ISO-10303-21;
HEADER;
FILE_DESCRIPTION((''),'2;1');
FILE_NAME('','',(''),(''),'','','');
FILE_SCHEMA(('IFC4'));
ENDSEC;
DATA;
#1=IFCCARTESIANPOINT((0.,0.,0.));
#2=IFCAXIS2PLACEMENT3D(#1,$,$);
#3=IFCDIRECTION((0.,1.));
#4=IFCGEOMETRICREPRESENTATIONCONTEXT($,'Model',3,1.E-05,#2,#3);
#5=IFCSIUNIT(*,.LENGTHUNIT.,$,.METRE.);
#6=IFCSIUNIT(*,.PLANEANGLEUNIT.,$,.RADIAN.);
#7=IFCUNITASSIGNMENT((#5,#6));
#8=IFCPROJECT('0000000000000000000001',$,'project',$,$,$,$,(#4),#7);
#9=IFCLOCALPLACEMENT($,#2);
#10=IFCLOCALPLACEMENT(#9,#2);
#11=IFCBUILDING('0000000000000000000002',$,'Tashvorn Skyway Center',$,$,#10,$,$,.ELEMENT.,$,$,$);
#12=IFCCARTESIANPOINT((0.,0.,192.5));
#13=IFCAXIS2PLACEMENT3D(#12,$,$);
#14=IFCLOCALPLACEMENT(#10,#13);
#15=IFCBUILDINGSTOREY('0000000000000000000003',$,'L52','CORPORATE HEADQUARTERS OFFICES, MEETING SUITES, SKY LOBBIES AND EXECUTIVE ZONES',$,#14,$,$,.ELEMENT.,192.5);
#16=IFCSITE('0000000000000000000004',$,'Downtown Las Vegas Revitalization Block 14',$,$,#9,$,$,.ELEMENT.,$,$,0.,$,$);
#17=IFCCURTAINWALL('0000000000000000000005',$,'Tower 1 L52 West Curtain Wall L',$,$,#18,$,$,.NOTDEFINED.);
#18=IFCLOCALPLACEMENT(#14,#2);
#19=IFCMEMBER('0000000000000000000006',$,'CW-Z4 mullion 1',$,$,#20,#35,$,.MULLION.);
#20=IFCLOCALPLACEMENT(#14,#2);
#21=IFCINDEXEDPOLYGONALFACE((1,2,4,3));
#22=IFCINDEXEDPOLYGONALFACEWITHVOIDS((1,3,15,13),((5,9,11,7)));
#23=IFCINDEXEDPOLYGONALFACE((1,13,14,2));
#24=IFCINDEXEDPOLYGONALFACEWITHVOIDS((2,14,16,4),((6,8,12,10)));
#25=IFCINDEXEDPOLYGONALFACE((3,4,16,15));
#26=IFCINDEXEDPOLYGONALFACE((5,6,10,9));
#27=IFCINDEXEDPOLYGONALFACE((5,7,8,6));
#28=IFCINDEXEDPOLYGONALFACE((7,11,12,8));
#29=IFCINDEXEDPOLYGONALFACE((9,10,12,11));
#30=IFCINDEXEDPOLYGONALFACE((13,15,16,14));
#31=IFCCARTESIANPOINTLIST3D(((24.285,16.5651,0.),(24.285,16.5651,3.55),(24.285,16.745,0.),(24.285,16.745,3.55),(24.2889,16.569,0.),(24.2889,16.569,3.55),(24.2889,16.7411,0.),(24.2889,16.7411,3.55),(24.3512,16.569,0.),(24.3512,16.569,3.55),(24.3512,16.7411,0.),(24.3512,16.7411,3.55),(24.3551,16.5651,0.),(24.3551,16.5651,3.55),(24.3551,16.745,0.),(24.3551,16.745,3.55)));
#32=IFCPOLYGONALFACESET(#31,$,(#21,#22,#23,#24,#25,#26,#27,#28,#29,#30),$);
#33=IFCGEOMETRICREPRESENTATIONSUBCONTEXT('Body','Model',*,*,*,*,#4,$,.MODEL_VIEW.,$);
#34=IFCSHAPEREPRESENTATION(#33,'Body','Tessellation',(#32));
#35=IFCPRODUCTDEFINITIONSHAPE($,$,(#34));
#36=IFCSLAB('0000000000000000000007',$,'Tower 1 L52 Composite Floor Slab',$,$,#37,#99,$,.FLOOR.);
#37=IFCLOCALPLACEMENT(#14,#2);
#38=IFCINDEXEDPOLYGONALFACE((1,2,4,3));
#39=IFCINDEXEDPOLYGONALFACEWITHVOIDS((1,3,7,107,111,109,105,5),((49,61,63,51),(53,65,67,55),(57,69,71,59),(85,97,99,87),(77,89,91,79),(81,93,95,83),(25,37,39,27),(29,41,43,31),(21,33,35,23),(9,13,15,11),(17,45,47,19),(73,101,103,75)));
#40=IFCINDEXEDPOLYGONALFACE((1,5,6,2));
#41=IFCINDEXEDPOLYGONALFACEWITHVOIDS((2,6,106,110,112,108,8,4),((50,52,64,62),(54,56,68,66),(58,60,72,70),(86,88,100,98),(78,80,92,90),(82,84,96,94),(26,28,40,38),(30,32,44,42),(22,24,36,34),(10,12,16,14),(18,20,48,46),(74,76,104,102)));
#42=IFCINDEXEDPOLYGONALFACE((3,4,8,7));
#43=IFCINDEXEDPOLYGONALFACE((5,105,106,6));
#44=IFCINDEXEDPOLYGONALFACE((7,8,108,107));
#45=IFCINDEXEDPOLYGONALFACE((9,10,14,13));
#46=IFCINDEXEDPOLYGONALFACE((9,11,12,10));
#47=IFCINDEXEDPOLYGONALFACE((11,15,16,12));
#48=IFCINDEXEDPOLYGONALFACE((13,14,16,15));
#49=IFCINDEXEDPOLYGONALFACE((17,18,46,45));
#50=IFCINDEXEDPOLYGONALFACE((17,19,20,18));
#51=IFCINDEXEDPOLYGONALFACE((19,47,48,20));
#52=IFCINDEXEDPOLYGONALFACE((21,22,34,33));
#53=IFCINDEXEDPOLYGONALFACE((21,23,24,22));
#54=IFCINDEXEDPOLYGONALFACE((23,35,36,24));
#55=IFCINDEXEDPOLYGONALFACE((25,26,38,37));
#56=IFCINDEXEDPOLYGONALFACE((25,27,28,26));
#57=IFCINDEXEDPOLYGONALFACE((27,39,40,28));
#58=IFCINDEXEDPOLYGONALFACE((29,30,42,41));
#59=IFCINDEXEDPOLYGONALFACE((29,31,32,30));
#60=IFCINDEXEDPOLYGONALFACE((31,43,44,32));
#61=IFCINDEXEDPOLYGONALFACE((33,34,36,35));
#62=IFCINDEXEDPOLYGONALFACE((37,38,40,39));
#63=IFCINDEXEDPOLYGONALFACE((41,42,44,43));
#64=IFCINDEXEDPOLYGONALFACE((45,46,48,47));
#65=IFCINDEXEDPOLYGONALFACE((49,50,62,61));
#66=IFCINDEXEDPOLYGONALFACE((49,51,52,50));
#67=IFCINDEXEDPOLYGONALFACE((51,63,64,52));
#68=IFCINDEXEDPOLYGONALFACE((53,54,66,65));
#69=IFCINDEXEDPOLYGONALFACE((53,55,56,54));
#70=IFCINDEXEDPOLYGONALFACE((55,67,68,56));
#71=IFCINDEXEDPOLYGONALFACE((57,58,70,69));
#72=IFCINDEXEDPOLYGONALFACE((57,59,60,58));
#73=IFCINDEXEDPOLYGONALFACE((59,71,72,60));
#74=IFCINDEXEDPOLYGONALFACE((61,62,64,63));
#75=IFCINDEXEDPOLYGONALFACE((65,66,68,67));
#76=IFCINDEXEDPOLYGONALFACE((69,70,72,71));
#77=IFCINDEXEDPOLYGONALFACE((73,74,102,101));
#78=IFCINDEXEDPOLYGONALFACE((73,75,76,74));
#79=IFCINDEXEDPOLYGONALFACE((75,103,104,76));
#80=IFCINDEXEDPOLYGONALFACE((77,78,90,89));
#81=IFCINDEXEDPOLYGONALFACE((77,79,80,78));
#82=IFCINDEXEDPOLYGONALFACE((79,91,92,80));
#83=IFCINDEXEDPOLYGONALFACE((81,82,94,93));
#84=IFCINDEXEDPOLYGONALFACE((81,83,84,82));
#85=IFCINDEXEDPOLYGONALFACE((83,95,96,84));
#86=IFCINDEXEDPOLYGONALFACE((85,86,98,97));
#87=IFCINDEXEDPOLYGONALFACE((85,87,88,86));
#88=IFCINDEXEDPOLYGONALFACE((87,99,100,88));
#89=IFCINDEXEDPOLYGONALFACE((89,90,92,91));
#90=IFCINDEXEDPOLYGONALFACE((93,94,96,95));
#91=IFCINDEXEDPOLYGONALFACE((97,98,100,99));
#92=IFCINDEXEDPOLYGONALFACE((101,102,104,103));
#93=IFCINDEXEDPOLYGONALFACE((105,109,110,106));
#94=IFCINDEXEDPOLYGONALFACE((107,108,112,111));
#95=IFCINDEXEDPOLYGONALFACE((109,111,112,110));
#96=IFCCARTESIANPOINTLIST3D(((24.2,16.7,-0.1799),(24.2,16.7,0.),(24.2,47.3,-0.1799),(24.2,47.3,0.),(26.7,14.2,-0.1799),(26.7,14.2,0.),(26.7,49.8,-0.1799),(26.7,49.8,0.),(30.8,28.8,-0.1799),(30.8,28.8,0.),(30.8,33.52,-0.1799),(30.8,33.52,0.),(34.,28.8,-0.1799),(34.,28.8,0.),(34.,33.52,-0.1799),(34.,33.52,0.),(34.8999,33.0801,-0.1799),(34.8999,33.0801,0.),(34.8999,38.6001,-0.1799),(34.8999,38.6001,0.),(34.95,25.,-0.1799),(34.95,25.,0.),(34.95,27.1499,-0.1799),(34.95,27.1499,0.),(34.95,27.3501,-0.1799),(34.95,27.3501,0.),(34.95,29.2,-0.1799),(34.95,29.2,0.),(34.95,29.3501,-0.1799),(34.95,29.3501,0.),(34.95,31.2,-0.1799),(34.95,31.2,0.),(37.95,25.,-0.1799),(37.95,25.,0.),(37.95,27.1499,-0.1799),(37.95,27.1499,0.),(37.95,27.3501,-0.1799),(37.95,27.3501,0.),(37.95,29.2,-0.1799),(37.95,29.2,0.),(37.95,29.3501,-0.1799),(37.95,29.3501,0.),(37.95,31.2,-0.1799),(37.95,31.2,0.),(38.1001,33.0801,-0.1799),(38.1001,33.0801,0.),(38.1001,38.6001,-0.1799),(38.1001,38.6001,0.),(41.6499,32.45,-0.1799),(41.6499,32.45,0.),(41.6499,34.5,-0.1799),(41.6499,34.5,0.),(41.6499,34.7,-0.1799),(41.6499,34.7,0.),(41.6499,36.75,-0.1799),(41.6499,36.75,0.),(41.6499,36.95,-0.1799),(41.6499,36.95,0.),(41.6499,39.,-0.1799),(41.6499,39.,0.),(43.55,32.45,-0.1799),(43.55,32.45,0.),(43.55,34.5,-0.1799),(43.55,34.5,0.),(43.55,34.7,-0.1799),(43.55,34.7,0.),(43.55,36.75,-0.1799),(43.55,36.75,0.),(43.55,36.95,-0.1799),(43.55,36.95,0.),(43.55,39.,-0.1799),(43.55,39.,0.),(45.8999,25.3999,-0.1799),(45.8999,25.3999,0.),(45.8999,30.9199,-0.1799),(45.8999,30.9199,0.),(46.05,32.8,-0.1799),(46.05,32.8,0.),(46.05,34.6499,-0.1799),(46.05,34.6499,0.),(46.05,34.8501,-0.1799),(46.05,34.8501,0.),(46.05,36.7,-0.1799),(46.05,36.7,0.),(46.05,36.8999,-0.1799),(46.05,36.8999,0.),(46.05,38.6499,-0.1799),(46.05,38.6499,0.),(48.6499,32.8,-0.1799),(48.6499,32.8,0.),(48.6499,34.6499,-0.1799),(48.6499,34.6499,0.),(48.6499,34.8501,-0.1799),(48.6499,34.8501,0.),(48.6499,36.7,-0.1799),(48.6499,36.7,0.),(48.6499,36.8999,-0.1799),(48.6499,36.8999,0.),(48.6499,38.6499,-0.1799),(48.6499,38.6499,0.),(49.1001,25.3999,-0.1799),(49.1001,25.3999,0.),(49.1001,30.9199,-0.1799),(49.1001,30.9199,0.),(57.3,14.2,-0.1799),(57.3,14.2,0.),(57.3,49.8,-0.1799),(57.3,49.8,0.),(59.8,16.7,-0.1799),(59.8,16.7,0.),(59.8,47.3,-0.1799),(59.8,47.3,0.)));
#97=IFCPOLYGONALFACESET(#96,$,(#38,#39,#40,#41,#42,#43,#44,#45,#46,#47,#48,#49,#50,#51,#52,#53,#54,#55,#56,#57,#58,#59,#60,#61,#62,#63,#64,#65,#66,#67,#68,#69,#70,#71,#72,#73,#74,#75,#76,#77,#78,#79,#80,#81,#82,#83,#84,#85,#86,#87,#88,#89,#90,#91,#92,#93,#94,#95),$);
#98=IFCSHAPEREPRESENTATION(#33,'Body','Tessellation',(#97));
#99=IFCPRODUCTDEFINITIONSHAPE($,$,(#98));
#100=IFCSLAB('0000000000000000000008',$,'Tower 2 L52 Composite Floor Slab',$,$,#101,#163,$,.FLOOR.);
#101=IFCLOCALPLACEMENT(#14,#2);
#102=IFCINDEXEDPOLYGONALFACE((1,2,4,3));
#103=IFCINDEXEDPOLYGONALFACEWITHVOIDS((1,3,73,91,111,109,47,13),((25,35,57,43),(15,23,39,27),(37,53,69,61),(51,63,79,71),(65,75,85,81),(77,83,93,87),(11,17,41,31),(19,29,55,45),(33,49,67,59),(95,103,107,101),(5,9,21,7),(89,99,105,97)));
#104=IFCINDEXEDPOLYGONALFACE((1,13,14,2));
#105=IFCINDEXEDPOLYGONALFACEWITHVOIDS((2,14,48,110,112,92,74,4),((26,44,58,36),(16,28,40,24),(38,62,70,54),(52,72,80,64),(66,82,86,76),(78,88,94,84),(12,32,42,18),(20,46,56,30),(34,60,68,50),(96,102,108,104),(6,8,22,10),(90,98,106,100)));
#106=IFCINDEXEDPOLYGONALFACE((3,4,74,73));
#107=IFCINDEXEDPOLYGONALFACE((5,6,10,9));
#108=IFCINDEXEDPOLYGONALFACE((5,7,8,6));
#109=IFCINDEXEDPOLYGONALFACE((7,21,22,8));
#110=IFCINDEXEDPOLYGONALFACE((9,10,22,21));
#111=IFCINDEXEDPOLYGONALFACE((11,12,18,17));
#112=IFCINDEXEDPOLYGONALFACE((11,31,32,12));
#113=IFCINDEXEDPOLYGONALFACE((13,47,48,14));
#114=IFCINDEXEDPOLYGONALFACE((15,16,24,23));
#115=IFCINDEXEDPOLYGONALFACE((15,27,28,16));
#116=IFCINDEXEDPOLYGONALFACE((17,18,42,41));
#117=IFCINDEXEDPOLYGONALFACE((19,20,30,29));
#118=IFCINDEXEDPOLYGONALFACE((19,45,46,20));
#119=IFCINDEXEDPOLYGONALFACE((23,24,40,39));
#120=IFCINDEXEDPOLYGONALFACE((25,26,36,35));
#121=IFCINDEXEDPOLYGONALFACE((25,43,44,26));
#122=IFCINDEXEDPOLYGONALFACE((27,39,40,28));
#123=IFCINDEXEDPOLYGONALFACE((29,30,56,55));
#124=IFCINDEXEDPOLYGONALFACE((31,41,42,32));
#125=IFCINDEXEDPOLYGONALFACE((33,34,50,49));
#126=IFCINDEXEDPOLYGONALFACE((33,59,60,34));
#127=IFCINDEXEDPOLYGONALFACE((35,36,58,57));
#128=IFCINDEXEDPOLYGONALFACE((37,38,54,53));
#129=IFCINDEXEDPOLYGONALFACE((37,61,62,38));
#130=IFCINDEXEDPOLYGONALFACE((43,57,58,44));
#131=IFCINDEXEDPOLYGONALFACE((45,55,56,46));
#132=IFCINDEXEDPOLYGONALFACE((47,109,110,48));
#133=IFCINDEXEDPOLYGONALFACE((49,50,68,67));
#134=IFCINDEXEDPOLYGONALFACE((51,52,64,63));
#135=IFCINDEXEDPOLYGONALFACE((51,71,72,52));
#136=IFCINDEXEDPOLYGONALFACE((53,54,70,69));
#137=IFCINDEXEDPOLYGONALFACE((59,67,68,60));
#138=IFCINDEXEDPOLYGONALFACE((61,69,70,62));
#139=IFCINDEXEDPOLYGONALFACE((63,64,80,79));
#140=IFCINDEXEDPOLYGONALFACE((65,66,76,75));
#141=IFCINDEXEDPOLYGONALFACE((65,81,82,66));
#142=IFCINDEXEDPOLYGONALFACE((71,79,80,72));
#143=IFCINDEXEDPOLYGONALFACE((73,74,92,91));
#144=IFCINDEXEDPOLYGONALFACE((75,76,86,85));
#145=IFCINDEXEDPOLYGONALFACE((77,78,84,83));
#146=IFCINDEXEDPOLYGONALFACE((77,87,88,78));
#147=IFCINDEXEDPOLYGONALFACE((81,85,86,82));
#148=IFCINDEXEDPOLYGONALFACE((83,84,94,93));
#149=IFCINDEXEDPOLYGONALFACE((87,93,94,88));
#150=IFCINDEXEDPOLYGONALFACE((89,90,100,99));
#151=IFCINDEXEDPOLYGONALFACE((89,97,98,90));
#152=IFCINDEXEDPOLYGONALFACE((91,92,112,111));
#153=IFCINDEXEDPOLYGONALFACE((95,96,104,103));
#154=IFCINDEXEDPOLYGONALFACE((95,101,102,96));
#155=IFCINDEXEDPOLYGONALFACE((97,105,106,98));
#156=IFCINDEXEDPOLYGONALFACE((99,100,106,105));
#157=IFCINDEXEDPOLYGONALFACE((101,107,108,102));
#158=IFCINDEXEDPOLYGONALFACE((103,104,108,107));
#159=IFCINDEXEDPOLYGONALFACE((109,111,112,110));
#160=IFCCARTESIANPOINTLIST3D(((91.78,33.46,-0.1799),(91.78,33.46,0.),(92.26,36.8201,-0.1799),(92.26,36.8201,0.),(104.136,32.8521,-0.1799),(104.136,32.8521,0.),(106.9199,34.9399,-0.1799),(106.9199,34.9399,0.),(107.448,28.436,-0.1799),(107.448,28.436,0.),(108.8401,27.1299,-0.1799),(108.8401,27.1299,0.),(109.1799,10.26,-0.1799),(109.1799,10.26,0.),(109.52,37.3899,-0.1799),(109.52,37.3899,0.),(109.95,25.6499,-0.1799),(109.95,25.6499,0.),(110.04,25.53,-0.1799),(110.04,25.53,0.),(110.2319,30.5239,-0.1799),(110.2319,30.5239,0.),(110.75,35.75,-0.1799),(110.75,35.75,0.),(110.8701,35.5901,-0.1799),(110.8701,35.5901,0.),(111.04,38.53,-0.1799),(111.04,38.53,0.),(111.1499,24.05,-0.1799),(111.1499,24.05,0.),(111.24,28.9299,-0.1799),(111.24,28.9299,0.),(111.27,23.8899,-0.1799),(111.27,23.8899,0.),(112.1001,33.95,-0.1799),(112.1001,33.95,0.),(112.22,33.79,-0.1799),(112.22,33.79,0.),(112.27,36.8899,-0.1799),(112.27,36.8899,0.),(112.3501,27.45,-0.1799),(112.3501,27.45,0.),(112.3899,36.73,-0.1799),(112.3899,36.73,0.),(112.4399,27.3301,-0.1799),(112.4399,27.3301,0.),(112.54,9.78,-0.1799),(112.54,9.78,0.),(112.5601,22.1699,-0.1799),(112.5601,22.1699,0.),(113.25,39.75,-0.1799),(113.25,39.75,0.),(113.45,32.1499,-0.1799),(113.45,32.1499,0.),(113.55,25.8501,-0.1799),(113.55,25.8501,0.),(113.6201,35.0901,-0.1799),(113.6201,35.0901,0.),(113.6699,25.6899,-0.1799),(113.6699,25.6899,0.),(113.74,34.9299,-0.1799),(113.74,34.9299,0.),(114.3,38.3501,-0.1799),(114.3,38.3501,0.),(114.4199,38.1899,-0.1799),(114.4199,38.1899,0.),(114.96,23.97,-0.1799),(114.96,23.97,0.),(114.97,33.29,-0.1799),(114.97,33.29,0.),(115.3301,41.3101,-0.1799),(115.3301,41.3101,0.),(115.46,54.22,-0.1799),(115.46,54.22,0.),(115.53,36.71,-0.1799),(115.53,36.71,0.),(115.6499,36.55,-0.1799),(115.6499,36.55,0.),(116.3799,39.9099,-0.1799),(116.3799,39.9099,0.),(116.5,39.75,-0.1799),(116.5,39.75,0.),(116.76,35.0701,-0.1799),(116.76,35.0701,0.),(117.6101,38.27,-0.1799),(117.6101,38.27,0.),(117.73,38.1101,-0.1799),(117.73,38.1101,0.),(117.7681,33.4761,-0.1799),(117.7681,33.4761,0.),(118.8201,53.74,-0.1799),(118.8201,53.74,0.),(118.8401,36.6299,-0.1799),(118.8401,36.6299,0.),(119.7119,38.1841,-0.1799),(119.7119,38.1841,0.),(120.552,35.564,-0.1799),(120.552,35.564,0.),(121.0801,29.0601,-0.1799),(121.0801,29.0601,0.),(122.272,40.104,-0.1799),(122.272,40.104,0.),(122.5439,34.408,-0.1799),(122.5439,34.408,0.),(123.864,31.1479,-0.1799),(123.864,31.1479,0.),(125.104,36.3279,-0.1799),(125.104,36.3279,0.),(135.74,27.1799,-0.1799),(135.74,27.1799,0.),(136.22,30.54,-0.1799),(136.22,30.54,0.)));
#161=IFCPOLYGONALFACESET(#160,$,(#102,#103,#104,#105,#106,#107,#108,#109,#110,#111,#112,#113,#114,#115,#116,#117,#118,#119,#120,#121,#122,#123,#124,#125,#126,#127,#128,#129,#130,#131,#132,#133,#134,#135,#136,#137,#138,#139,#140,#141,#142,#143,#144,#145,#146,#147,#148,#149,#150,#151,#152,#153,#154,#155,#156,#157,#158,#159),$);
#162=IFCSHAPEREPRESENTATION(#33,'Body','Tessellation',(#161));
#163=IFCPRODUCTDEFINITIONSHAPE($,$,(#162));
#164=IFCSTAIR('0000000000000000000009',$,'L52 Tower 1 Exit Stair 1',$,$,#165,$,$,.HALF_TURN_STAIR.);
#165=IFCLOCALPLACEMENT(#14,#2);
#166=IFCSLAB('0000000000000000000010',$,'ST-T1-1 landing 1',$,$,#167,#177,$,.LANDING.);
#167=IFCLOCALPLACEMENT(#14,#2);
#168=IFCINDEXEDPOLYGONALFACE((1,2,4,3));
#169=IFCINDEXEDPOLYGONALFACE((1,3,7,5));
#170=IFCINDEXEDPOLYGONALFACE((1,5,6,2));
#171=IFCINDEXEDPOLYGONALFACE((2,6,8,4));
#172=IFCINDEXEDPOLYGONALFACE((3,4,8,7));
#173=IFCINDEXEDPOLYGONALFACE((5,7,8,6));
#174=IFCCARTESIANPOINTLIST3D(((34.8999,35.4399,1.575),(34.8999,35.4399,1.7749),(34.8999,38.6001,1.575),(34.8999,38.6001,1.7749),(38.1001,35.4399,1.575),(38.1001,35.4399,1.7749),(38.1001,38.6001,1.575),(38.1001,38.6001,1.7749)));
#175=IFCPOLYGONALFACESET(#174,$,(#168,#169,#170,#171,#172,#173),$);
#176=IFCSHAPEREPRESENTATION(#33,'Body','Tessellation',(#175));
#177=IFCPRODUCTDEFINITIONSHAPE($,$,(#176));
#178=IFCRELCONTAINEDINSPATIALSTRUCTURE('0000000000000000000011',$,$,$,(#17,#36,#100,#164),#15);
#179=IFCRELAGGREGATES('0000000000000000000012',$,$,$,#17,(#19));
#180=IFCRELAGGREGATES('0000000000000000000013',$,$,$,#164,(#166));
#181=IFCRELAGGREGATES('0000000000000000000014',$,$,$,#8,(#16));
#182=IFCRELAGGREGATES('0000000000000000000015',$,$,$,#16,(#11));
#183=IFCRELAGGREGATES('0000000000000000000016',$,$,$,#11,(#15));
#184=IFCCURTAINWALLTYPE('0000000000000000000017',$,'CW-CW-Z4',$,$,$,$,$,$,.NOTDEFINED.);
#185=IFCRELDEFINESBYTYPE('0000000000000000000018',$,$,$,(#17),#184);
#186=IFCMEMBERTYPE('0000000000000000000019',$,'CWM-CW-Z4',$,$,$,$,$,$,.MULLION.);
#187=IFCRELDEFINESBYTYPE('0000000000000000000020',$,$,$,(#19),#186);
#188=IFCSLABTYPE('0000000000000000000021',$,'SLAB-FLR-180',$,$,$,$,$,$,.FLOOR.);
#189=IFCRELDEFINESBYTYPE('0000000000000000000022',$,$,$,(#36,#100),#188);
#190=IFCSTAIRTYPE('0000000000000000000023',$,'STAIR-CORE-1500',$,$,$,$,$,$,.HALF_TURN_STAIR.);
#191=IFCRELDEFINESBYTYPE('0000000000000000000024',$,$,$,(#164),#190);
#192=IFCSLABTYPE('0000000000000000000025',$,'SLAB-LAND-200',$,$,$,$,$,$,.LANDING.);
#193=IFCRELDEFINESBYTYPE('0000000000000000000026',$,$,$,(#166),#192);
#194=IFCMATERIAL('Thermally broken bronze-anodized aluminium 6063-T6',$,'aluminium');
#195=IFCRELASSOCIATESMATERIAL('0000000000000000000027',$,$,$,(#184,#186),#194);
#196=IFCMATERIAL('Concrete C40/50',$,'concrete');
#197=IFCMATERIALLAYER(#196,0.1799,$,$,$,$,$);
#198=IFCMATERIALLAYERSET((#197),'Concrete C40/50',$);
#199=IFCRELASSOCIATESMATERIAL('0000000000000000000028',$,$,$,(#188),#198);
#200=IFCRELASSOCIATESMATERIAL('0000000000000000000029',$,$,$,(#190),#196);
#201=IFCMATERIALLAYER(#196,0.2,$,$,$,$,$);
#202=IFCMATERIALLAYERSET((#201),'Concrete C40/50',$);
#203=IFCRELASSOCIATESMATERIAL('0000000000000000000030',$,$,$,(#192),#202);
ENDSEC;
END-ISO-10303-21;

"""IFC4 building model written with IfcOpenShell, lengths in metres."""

from ifc_helpers import new_model, si_unit, direction, frame, origin, origin_2d, place, context, subcontext, project, spatial, polyline, hollow_rectangle, outline, extrude, material, layer, layer_set, material_profile, profile_set, type_object, element, aggregate, save


model = new_model("IFC4")

# Units and contexts
model_context = context("Model", 3, precision=1e-05, world=origin(), true_north=direction((0.0, 1.0)))
body_context = subcontext(model_context, "Body", "Model", "MODEL_VIEW")
ifc_project = project(units=[si_unit("LENGTHUNIT", "METRE"), si_unit("PLANEANGLEUNIT", "RADIAN")], contexts=[model_context])

# Site, building, storey
site_placement = place(None, origin())
site = spatial("IfcSite", under=ifc_project, at=site_placement, Name="Downtown Las Vegas Revitalization Block 14", CompositionType="ELEMENT", RefElevation=0.0)
building_placement = place(site_placement, origin())
building = spatial("IfcBuilding", under=site, at=building_placement, Name="Tashvorn Skyway Center", CompositionType="ELEMENT")
storey_placement = place(building_placement, frame((0.0, 0.0, 192.5)))
storey = spatial("IfcBuildingStorey", under=building, at=storey_placement, Name="L52", Description="CORPORATE HEADQUARTERS OFFICES, MEETING SUITES, SKY LOBBIES AND EXECUTIVE ZONES", CompositionType="ELEMENT", Elevation=192.5)

# Curtain wall, member
ifc_material_1 = material(Name="Thermally broken bronze-anodized aluminium 6063-T6", Category="aluminium")
curtain_wall_type = type_object("IfcCurtainWallType", Name="CW-CW-Z4", PredefinedType="NOTDEFINED", material=ifc_material_1)
curtain_wall_placement = place(storey_placement, origin())
curtain_wall = element("IfcCurtainWall", 1, at=curtain_wall_placement, inside=storey, type_object=curtain_wall_type, Name="Tower 1 L52 West Curtain Wall L", PredefinedType="NOTDEFINED")
ifc_material_profile = material_profile(ifc_material_1, hollow_rectangle(XDim=0.0701, YDim=0.1799, WallThickness=0.0039, at=origin_2d()), Name="ALU-MULL-70x180")
ifc_profile_set = profile_set([ifc_material_profile], Name="Thermally broken bronze-anodized aluminium 6063-T6")
member_type = type_object("IfcMemberType", Name="CWM-CW-Z4", PredefinedType="MULLION", material=ifc_profile_set)
member_placement = place(storey_placement, frame((24.3201, 16.655, 0.0), z_axis=(0.0, 0.0, 1.0), x_axis=(-1.0, 0.0, 0.0)))
member = element("IfcMember", 2, at=member_placement, type_object=member_type, Name="CW-Z4 mullion 1", PredefinedType="MULLION", context=body_context, shape_type="SweptSolid", body=[
    extrude(hollow_rectangle(XDim=0.0701, YDim=0.1799, WallThickness=0.0039, at=origin_2d()), origin(), (0.0, 0.0, 1.0), 3.55),
])
aggregate(curtain_wall, [member])

# Slabs
ifc_material_2 = material(Name="Concrete C40/50", Category="concrete")
ifc_layer_1 = layer(ifc_material_2, 0.1799)
ifc_layer_set_1 = layer_set([ifc_layer_1], Name="Concrete C40/50")
slab_type_1 = type_object("IfcSlabType", Name="SLAB-FLR-180", PredefinedType="FLOOR", material=ifc_layer_set_1)
slab_1_placement = place(storey_placement, frame((0.0, 0.0, -0.1799)))
element("IfcSlab", 3, at=slab_1_placement, inside=storey, type_object=slab_type_1, Name="Tower 1 L52 Composite Floor Slab", PredefinedType="FLOOR", context=body_context, shape_type="SweptSolid", body=[
    extrude(outline(polyline([(26.7, 14.2), (57.3, 14.2), (59.8, 16.7), (59.8, 47.3), (57.3, 49.8), (26.7, 49.8), (24.2, 47.3), (24.2, 16.7), (26.7, 14.2)]), holes=[polyline([(38.1001, 33.0801), (38.1001, 38.6001), (34.8999, 38.6001), (34.8999, 33.0801), (38.1001, 33.0801)]), polyline([(45.8999, 30.9199), (45.8999, 25.3999), (49.1001, 25.3999), (49.1001, 30.9199), (45.8999, 30.9199)]), polyline([(30.8, 33.52), (30.8, 28.8), (34.0, 28.8), (34.0, 33.52), (30.8, 33.52)]), polyline([(34.95, 29.3501), (37.95, 29.3501), (37.95, 31.2), (34.95, 31.2), (34.95, 29.3501)]), polyline([(34.95, 27.3501), (37.95, 27.3501), (37.95, 29.2), (34.95, 29.2), (34.95, 27.3501)]), polyline([(34.95, 25.0), (37.95, 25.0), (37.95, 27.1499), (34.95, 27.1499), (34.95, 25.0)]), polyline([(41.6499, 32.45), (43.55, 32.45), (43.55, 34.5), (41.6499, 34.5), (41.6499, 32.45)]), polyline([(41.6499, 34.7), (43.55, 34.7), (43.55, 36.75), (41.6499, 36.75), (41.6499, 34.7)]), polyline([(41.6499, 36.95), (43.55, 36.95), (43.55, 39.0), (41.6499, 39.0), (41.6499, 36.95)]), polyline([(46.05, 32.8), (48.6499, 32.8), (48.6499, 34.6499), (46.05, 34.6499), (46.05, 32.8)]), polyline([(46.05, 34.8501), (48.6499, 34.8501), (48.6499, 36.7), (46.05, 36.7), (46.05, 34.8501)]), polyline([(46.05, 36.8999), (48.6499, 36.8999), (48.6499, 38.6499), (46.05, 38.6499), (46.05, 36.8999)])]), origin(), (0.0, 0.0, 1.0), 0.1799),
])
slab_2_placement = place(storey_placement, frame((0.0, 0.0, -0.1799)))
element("IfcSlab", 4, at=slab_2_placement, inside=storey, type_object=slab_type_1, Name="Tower 2 L52 Composite Floor Slab", PredefinedType="FLOOR", context=body_context, shape_type="SweptSolid", body=[
    extrude(outline(polyline([(112.54, 9.78), (135.74, 27.1799), (136.22, 30.54), (118.8201, 53.74), (115.46, 54.22), (92.26, 36.8201), (91.78, 33.46), (109.1799, 10.26), (112.54, 9.78)]), holes=[polyline([(110.2319, 30.5239), (106.9199, 34.9399), (104.136, 32.8521), (107.448, 28.436), (110.2319, 30.5239)]), polyline([(117.7681, 33.4761), (121.0801, 29.0601), (123.864, 31.1479), (120.552, 35.564), (117.7681, 33.4761)]), polyline([(119.7119, 38.1841), (122.5439, 34.408), (125.104, 36.3279), (122.272, 40.104), (119.7119, 38.1841)]), polyline([(109.95, 25.6499), (112.3501, 27.45), (111.24, 28.9299), (108.8401, 27.1299), (109.95, 25.6499)]), polyline([(111.1499, 24.05), (113.55, 25.8501), (112.4399, 27.3301), (110.04, 25.53), (111.1499, 24.05)]), polyline([(112.5601, 22.1699), (114.96, 23.97), (113.6699, 25.6899), (111.27, 23.8899), (112.5601, 22.1699)]), polyline([(113.45, 32.1499), (114.97, 33.29), (113.74, 34.9299), (112.22, 33.79), (113.45, 32.1499)]), polyline([(112.1001, 33.95), (113.6201, 35.0901), (112.3899, 36.73), (110.8701, 35.5901), (112.1001, 33.95)]), polyline([(110.75, 35.75), (112.27, 36.8899), (111.04, 38.53), (109.52, 37.3899), (110.75, 35.75)]), polyline([(116.76, 35.0701), (118.8401, 36.6299), (117.73, 38.1101), (115.6499, 36.55), (116.76, 35.0701)]), polyline([(115.53, 36.71), (117.6101, 38.27), (116.5, 39.75), (114.4199, 38.1899), (115.53, 36.71)]), polyline([(114.3, 38.3501), (116.3799, 39.9099), (115.3301, 41.3101), (113.25, 39.75), (114.3, 38.3501)])]), origin(), (0.0, 0.0, 1.0), 0.1799),
])

# Stair, slab
stair_type = type_object("IfcStairType", Name="STAIR-CORE-1500", PredefinedType="HALF_TURN_STAIR", material=ifc_material_2)
stair_1_placement = place(storey_placement, origin())
stair_1 = element("IfcStair", 5, at=stair_1_placement, inside=storey, type_object=stair_type, Name="L52 Tower 1 Exit Stair 1", PredefinedType="HALF_TURN_STAIR")
ifc_layer_2 = layer(ifc_material_2, 0.2)
ifc_layer_set_2 = layer_set([ifc_layer_2], Name="Concrete C40/50")
slab_type_2 = type_object("IfcSlabType", Name="SLAB-LAND-200", PredefinedType="LANDING", material=ifc_layer_set_2)
slab_3_placement = place(storey_placement, frame((0.0, 0.0, 1.575)))
slab_3 = element("IfcSlab", 6, at=slab_3_placement, type_object=slab_type_2, Name="ST-T1-1 landing 1", PredefinedType="LANDING", context=body_context, shape_type="SweptSolid", body=[
    extrude(outline(polyline([(38.1001, 35.4399), (38.1001, 38.6001), (34.8999, 38.6001), (34.8999, 35.4399), (38.1001, 35.4399)])), origin(), (0.0, 0.0, 1.0), 0.2),
])
aggregate(stair_1, [slab_3])

save(model, "model.ifc")
